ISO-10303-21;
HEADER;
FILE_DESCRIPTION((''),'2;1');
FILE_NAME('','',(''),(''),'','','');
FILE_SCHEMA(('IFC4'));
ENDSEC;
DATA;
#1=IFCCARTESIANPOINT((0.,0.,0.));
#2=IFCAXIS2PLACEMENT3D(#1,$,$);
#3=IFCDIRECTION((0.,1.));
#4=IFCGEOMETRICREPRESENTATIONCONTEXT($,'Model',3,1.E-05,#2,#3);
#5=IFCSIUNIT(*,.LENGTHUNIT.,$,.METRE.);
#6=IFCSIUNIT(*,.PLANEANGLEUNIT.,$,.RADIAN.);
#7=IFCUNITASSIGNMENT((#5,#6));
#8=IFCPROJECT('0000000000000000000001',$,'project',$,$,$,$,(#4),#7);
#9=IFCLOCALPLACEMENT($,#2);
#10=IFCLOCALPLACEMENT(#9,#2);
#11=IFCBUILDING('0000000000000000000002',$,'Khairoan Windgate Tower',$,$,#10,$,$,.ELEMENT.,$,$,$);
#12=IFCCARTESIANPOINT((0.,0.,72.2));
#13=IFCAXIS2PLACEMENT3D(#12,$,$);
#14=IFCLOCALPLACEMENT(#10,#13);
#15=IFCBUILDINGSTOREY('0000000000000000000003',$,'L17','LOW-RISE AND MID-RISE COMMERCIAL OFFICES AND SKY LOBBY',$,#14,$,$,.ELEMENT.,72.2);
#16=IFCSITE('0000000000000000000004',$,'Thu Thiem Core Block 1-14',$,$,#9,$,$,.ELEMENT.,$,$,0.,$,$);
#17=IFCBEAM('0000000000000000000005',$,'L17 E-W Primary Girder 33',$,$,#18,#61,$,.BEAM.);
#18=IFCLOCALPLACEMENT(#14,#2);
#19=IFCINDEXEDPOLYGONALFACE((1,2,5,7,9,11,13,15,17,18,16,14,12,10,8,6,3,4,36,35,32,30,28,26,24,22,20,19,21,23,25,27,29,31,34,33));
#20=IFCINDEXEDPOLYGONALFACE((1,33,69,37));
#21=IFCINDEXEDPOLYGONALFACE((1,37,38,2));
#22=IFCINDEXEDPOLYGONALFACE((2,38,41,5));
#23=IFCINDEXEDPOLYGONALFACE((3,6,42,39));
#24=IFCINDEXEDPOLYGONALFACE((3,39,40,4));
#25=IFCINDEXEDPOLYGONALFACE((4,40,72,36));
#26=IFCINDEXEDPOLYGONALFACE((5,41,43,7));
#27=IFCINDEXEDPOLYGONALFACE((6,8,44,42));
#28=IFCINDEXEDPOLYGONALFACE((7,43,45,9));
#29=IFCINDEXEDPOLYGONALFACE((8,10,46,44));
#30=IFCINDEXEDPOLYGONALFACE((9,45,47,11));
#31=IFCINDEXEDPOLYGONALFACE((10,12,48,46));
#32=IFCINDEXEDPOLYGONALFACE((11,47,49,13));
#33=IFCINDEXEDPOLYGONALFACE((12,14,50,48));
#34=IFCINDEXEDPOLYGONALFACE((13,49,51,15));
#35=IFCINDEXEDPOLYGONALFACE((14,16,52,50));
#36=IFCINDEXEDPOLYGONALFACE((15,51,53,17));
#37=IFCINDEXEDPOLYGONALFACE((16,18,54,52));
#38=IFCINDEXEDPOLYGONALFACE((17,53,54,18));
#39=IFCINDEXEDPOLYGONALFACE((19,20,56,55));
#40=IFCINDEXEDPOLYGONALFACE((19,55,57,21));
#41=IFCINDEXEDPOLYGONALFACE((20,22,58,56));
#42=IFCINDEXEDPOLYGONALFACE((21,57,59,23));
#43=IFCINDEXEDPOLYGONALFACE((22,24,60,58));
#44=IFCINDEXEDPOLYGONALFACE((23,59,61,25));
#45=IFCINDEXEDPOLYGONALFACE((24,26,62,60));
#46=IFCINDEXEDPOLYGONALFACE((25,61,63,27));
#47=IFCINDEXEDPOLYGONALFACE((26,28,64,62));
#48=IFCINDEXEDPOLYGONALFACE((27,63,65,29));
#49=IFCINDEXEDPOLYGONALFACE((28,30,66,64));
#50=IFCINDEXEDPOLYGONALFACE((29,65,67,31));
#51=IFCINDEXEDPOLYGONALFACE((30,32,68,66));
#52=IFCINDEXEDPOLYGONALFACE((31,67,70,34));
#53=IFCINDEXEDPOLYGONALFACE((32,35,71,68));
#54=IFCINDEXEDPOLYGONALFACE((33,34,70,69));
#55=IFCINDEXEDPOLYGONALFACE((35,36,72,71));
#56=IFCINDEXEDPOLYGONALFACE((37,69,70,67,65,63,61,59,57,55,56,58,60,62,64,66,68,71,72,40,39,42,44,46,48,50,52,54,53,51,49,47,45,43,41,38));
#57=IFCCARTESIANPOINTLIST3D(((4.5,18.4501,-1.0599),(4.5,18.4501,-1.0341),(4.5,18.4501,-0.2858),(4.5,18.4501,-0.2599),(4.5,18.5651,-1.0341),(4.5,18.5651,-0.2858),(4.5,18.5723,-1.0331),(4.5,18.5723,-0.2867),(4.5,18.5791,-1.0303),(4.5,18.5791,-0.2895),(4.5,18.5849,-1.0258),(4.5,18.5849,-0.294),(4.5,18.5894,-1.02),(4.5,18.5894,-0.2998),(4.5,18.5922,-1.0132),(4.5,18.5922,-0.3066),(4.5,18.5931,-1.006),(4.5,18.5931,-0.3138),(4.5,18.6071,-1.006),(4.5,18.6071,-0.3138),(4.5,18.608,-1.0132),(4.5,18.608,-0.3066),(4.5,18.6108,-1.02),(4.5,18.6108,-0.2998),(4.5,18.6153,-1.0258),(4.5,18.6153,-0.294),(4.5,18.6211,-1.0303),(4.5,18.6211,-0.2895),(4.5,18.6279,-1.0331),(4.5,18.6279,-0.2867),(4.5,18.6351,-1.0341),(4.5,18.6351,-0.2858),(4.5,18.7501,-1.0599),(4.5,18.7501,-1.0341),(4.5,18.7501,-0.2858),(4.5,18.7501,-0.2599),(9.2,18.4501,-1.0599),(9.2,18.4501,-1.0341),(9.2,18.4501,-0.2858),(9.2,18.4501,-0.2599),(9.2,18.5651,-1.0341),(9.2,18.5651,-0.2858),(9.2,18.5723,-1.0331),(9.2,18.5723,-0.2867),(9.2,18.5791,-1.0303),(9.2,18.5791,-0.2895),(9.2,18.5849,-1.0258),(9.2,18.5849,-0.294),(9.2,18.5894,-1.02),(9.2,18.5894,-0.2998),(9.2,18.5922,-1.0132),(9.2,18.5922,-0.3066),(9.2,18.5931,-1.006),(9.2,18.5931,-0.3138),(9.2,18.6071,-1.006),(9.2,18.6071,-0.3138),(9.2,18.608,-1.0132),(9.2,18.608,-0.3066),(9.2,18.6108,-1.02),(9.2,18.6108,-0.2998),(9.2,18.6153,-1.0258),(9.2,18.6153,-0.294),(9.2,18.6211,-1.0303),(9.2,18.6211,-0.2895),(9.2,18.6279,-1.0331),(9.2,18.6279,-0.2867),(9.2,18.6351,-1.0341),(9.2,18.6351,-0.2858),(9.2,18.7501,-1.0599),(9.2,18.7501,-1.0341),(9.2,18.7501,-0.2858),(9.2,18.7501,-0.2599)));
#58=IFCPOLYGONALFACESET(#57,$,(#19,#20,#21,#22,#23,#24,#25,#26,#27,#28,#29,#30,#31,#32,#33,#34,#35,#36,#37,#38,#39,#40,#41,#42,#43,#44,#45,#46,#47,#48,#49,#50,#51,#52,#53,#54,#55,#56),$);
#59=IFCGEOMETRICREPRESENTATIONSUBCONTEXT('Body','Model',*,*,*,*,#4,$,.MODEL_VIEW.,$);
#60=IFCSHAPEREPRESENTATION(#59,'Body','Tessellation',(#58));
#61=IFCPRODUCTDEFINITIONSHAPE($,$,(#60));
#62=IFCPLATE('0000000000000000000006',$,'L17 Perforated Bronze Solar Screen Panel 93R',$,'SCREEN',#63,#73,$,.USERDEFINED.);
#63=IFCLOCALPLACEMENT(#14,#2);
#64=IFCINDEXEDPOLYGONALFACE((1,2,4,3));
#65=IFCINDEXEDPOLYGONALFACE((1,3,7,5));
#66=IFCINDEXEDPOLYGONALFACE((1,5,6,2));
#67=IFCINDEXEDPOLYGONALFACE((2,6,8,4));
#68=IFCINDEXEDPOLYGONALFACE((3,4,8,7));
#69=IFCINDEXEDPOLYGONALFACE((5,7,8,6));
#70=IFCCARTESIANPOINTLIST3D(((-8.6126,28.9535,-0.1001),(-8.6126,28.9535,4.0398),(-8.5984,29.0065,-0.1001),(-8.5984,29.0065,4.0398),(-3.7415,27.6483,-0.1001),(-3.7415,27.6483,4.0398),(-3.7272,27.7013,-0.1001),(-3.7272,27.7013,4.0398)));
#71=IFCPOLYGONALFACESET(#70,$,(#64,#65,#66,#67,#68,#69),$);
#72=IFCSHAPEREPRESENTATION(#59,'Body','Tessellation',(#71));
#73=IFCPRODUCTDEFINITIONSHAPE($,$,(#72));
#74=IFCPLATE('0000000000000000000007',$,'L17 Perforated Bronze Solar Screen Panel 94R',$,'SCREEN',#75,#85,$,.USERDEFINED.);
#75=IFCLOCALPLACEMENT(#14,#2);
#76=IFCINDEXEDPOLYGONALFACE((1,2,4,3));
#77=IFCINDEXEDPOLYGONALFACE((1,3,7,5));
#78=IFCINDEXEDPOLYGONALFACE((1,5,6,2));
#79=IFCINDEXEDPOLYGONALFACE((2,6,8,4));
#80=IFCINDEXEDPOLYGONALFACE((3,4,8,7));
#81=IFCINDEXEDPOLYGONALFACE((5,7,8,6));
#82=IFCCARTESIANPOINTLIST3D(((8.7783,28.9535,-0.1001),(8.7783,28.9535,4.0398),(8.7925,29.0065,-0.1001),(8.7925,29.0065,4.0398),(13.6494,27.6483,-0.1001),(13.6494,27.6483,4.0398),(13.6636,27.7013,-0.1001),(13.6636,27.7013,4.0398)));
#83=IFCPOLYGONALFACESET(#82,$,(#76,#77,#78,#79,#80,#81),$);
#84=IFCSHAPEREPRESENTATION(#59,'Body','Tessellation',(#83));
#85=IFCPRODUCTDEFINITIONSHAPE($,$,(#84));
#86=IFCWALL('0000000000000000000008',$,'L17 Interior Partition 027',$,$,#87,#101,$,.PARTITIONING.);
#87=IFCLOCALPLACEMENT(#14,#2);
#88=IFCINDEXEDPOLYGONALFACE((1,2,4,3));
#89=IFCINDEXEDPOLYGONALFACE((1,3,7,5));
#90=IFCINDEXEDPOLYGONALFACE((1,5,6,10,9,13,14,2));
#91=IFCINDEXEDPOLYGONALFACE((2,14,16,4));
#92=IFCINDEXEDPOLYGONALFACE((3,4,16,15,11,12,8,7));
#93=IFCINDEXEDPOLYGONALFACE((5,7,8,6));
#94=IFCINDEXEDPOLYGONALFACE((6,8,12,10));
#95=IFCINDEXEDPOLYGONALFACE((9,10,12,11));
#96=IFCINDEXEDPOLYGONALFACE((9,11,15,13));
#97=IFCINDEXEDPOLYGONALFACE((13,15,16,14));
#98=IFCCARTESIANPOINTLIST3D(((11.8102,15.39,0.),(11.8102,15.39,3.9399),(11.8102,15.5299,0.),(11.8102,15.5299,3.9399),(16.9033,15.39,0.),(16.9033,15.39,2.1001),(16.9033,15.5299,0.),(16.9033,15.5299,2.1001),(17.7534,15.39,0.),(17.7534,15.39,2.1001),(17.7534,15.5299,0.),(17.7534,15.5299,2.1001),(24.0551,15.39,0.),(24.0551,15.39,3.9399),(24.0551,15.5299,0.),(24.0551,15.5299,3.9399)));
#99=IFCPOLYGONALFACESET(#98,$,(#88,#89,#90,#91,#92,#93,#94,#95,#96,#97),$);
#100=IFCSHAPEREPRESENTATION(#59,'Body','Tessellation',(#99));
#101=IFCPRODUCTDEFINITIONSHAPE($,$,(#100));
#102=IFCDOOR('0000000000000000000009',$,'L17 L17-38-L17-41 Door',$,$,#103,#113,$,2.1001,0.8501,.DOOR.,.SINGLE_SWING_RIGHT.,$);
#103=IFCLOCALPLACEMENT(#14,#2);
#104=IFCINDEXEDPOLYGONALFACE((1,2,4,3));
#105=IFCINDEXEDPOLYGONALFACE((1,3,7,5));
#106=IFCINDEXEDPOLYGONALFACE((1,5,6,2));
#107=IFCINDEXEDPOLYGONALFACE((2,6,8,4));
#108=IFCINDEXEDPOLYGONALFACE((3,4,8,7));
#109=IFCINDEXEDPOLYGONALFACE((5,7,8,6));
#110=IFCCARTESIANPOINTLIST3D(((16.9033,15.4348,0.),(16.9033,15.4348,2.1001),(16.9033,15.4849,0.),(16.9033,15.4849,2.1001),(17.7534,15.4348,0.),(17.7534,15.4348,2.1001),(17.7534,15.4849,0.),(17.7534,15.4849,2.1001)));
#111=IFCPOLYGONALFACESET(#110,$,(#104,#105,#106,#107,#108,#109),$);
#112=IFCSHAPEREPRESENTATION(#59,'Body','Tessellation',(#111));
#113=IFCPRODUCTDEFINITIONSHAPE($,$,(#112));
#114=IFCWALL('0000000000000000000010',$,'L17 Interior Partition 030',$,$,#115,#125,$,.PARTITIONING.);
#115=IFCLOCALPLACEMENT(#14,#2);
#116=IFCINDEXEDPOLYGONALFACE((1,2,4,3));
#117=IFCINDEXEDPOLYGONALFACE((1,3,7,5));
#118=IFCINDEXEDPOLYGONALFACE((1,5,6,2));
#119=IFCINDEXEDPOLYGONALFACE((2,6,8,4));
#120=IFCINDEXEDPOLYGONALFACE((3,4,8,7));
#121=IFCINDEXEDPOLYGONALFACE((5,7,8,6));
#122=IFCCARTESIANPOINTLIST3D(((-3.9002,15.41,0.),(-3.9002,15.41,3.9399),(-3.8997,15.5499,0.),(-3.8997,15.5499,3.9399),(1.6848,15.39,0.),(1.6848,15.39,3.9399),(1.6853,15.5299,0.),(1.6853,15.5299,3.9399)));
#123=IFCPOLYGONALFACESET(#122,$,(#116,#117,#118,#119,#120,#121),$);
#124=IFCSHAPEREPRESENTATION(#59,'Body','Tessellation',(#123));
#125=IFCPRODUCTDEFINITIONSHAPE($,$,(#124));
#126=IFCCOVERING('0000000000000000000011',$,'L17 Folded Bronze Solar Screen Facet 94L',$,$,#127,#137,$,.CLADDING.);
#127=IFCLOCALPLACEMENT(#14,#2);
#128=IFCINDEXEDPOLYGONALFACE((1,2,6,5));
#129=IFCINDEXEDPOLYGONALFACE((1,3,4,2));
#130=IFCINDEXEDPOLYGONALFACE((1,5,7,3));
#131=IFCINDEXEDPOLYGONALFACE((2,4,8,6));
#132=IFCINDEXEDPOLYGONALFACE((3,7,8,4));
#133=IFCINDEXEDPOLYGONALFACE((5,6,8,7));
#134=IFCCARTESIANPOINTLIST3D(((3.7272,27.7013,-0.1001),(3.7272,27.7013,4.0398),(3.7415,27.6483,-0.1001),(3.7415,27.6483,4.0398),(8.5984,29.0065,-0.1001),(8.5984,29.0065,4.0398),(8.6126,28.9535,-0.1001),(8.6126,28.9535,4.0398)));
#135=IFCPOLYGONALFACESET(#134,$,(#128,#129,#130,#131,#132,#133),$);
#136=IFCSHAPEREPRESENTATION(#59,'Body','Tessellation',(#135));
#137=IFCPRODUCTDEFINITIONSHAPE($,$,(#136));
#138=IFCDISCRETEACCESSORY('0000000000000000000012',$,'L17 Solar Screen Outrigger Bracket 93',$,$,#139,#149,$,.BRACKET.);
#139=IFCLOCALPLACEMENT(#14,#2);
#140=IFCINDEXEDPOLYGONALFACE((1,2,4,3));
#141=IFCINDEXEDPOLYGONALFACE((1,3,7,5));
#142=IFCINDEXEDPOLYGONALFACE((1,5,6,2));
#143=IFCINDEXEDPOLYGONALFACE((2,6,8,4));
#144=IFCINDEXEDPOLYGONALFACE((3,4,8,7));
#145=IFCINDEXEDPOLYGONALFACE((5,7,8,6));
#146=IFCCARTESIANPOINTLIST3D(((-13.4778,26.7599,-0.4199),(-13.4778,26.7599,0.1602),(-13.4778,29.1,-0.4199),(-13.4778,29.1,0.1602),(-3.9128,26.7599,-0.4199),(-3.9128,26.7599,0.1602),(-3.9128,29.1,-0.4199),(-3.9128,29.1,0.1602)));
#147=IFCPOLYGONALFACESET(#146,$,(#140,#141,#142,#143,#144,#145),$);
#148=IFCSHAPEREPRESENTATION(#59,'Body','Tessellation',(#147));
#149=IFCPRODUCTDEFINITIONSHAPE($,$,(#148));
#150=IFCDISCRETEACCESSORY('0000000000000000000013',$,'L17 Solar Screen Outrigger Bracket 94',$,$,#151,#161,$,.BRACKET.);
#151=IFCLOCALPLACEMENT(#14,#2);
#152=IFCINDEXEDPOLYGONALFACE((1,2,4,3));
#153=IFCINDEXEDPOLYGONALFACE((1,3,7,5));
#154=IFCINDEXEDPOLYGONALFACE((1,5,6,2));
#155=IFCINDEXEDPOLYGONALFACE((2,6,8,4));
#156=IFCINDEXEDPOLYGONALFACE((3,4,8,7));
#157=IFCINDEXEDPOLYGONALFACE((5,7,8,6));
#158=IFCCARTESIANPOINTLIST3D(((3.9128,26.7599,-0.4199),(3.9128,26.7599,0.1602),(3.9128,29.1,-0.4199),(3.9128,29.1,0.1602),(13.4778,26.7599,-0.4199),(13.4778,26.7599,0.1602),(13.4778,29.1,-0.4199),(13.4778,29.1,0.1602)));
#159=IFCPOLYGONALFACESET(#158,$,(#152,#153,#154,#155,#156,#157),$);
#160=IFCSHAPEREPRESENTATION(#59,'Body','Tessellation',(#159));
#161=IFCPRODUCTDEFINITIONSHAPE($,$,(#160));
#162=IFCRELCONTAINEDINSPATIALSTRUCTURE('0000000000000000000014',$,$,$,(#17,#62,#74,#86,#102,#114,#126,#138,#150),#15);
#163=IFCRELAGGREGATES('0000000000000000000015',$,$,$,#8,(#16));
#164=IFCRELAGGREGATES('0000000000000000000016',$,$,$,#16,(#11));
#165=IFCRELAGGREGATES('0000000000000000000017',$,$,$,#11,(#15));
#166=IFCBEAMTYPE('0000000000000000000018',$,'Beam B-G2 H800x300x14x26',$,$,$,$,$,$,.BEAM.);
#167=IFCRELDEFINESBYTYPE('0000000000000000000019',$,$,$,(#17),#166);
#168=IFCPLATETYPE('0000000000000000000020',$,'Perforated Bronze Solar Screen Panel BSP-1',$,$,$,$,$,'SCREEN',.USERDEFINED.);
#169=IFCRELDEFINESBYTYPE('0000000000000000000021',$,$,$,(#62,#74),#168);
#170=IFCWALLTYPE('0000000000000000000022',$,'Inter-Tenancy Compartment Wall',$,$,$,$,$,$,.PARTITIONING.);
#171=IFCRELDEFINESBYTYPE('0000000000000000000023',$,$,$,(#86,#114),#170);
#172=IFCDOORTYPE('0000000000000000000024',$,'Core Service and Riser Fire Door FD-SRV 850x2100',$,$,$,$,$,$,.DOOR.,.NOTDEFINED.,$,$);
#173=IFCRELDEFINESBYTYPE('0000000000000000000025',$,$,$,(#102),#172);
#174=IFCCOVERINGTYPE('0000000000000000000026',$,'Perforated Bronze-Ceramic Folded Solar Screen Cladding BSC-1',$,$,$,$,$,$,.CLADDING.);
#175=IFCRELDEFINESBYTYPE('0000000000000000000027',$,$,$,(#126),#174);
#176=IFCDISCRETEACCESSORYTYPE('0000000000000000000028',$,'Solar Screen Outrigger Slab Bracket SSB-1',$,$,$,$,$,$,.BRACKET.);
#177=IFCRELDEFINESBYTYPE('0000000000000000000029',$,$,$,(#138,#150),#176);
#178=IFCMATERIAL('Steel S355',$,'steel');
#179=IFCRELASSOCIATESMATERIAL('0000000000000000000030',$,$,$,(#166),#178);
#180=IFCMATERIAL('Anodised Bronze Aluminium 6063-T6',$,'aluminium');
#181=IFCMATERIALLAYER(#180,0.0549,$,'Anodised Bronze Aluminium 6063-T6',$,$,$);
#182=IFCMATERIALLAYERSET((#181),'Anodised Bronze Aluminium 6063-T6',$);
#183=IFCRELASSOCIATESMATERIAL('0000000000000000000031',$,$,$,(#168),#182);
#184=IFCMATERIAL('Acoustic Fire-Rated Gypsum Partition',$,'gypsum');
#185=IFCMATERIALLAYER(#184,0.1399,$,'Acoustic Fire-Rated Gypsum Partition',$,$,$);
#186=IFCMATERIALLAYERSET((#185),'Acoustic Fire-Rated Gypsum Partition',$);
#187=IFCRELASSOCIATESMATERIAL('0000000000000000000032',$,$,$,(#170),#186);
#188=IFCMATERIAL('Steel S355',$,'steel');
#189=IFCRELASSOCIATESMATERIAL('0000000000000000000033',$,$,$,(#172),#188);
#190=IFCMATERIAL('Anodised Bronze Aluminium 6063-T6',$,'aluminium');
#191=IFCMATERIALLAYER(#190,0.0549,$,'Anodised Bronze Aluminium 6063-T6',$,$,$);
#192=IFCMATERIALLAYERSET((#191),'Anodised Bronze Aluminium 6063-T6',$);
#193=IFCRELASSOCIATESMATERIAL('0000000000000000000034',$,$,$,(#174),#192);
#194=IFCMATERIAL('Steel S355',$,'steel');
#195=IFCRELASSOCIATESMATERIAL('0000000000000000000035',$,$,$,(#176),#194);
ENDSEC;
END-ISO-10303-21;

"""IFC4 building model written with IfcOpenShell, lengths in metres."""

from ifc_helpers import new_model, si_unit, direction, frame, frame_2d, origin, origin_2d, place, context, subcontext, project, spatial, rectangle, i_section, extrude, material, layer, layer_set, material_profile, profile_set, type_object, element, fill, save


model = new_model("IFC4")

# Units and contexts
model_context = context("Model", 3, precision=1e-05, world=origin(), true_north=direction((0.0, 1.0)))
body_context = subcontext(model_context, "Body", "Model", "MODEL_VIEW")
ifc_project = project(units=[si_unit("LENGTHUNIT", "METRE"), si_unit("PLANEANGLEUNIT", "RADIAN")], contexts=[model_context])

# Site, building, storey
site_placement = place(None, origin())
site = spatial("IfcSite", under=ifc_project, at=site_placement, Name="Thu Thiem Core Block 1-14", CompositionType="ELEMENT", RefElevation=0.0)
building_placement = place(site_placement, origin())
building = spatial("IfcBuilding", under=site, at=building_placement, Name="Khairoan Windgate Tower", CompositionType="ELEMENT")
storey_placement = place(building_placement, frame((0.0, 0.0, 72.2)))
storey = spatial("IfcBuildingStorey", under=building, at=storey_placement, Name="L17", Description="LOW-RISE AND MID-RISE COMMERCIAL OFFICES AND SKY LOBBY", CompositionType="ELEMENT", Elevation=72.2)

# Beam
ifc_material_1 = material(Name="Steel S355", Category="steel")
ifc_material_profile_1 = material_profile(ifc_material_1, i_section(OverallWidth=0.3, OverallDepth=0.8, WebThickness=0.0139, FlangeThickness=0.0259, FilletRadius=0.0281, at=origin_2d()))
ifc_profile_set_1 = profile_set([ifc_material_profile_1], Name="Steel S355")
beam_type = type_object("IfcBeamType", Name="Beam B-G2 H800x300x14x26", PredefinedType="BEAM", material=ifc_profile_set_1)
beam_1_placement = place(storey_placement, frame((4.5, 18.6001, -0.6599), z_axis=(1.0, 0.0, 0.0), x_axis=(0.0, 1.0, 0.0)))
element("IfcBeam", 1, at=beam_1_placement, inside=storey, type_object=beam_type, Name="L17 E-W Primary Girder 33", PredefinedType="BEAM", context=body_context, shape_type="SweptSolid", body=[
    extrude(i_section(OverallWidth=0.3, OverallDepth=0.8, WebThickness=0.0139, FlangeThickness=0.0259, FilletRadius=0.0281, at=origin_2d()), origin(), (0.0, 0.0, 1.0), 4.7),
])

# Plates
ifc_material_2 = material(Name="Anodised Bronze Aluminium 6063-T6", Category="aluminium")
ifc_layer_1 = layer(ifc_material_2, 0.0549, Name="Anodised Bronze Aluminium 6063-T6")
ifc_layer_set_1 = layer_set([ifc_layer_1], Name="Anodised Bronze Aluminium 6063-T6")
plate_type = type_object("IfcPlateType", Name="Perforated Bronze Solar Screen Panel BSP-1", ElementType="SCREEN", PredefinedType="USERDEFINED", material=ifc_layer_set_1)
for number, where, z_axis, x_axis, name in (
    (2, (-6.1699, 28.3274, -0.1001), (0.0, 0.0, 1.0), (0.965926, -0.258819, 0.0), "L17 Perforated Bronze Solar Screen Panel 93R"),
    (3, (11.2209, 28.3274, -0.1001), (0.0, 0.0, 1.0), (0.965926, -0.258819, 0.0), "L17 Perforated Bronze Solar Screen Panel 94R"),
):
    element("IfcPlate", number, at=place(storey_placement, frame(where, z_axis=z_axis, x_axis=x_axis)), inside=storey, type_object=plate_type, Name=name, ObjectType="SCREEN", PredefinedType="USERDEFINED", context=body_context, shape_type="SweptSolid", body=[
        extrude(rectangle(XDim=5.043, YDim=0.0549, at=origin_2d()), origin(), (0.0, 0.0, 1.0), 4.1399),
    ])

# Wall, opening, door
ifc_material_3 = material(Name="Acoustic Fire-Rated Gypsum Partition", Category="gypsum")
ifc_layer_2 = layer(ifc_material_3, 0.1399, Name="Acoustic Fire-Rated Gypsum Partition")
ifc_layer_set_2 = layer_set([ifc_layer_2], Name="Acoustic Fire-Rated Gypsum Partition")
wall_type_1 = type_object("IfcWallType", Name="Inter-Tenancy Compartment Wall", PredefinedType="PARTITIONING", material=ifc_layer_set_2)
wall_1_placement = place(storey_placement, frame((11.8101, 15.46, 0.0), z_axis=(0.0, 0.0, 1.0), x_axis=(1.0, 0.0, 0.0)))
wall_1 = element("IfcWall", 4, at=wall_1_placement, inside=storey, type_object=wall_type_1, Name="L17 Interior Partition 027", PredefinedType="PARTITIONING", context=body_context, shape_type="SweptSolid", body=[
    extrude(rectangle(XDim=12.2449, YDim=0.1399, at=frame_2d((6.1226, 0.0))), origin(), (0.0, 0.0, 1.0), 3.9399),
])
opening_1_placement = place(wall_1_placement, frame((5.0933, 0.0, 0.0)))
opening_1 = element("IfcOpeningElement", 5, at=opening_1_placement, cuts=wall_1, PredefinedType="OPENING", context=body_context, shape_type="SweptSolid", body=[
    extrude(rectangle(XDim=0.8501, YDim=2.1001, at=frame_2d((0.425, 1.05))), frame((0.0, 0.0798, 0.0), z_axis=(0.0, -1.0, 0.0), x_axis=(1.0, 0.0, 0.0)), (0.0, 0.0, 1.0), 0.1599),
])
ifc_material_4 = material(Name="Steel S355", Category="steel")
door_type_1 = type_object("IfcDoorType", Name="Core Service and Riser Fire Door FD-SRV 850x2100", OperationType="NOTDEFINED", PredefinedType="DOOR", material=ifc_material_4)
door_1_placement = place(opening_1_placement, origin())
door_1 = element("IfcDoor", 6, at=door_1_placement, inside=storey, type_object=door_type_1, Name="L17 L17-38-L17-41 Door", OperationType="SINGLE_SWING_RIGHT", OverallHeight=2.1001, OverallWidth=0.8501, PredefinedType="DOOR", context=body_context, shape_type="SweptSolid", body=[
    extrude(rectangle(XDim=0.8501, YDim=2.1001, at=frame_2d((0.425, 1.05))), frame((0.0, 0.0249, 0.0), z_axis=(0.0, -1.0, 0.0), x_axis=(1.0, 0.0, 0.0)), (0.0, 0.0, 1.0), 0.05),
])
fill(opening_1, door_1)

# Wall
wall_2_placement = place(storey_placement, frame((-3.8999, 15.48, 0.0), z_axis=(0.0, 0.0, 1.0), x_axis=(0.999994, -0.003585, 0.0)))
element("IfcWall", 7, at=wall_2_placement, inside=storey, type_object=wall_type_1, Name="L17 Interior Partition 030", PredefinedType="PARTITIONING", context=body_context, shape_type="SweptSolid", body=[
    extrude(rectangle(XDim=5.585, YDim=0.1399, at=frame_2d((2.7925, 0.0))), origin(), (0.0, 0.0, 1.0), 3.9399),
])

# Covering
ifc_material_5 = material(Name="Anodised Bronze Aluminium 6063-T6", Category="aluminium")
ifc_layer_3 = layer(ifc_material_5, 0.0549, Name="Anodised Bronze Aluminium 6063-T6")
ifc_layer_set_3 = layer_set([ifc_layer_3], Name="Anodised Bronze Aluminium 6063-T6")
covering_type = type_object("IfcCoveringType", Name="Perforated Bronze-Ceramic Folded Solar Screen Cladding BSC-1", PredefinedType="CLADDING", material=ifc_layer_set_3)
covering_placement = place(storey_placement, frame((6.1699, 28.3274, -0.1001), z_axis=(0.0, 0.0, 1.0), x_axis=(0.965926, 0.258819, 0.0)))
element("IfcCovering", 8, at=covering_placement, inside=storey, type_object=covering_type, Name="L17 Folded Bronze Solar Screen Facet 94L", PredefinedType="CLADDING", context=body_context, shape_type="SweptSolid", body=[
    extrude(rectangle(XDim=5.043, YDim=0.0549, at=origin_2d()), origin(), (0.0, 0.0, 1.0), 4.1399),
])

# Discrete accessories
ifc_material_6 = material(Name="Steel S355", Category="steel")
discrete_accessory_type = type_object("IfcDiscreteAccessoryType", Name="Solar Screen Outrigger Slab Bracket SSB-1", PredefinedType="BRACKET", material=ifc_material_6)
for number, where, z_axis, x_axis, name in (
    (9, (-8.6953, 27.9299, -0.4199), (0.0, 0.0, 1.0), (1.0, 0.0, 0.0), "L17 Solar Screen Outrigger Bracket 93"),
    (10, (8.6953, 27.9299, -0.4199), (0.0, 0.0, 1.0), (1.0, 0.0, 0.0), "L17 Solar Screen Outrigger Bracket 94"),
):
    element("IfcDiscreteAccessory", number, at=place(storey_placement, frame(where, z_axis=z_axis, x_axis=x_axis)), inside=storey, type_object=discrete_accessory_type, Name=name, PredefinedType="BRACKET", context=body_context, shape_type="SweptSolid", body=[
        extrude(rectangle(XDim=9.5649, YDim=2.3401, at=origin_2d()), origin(), (0.0, 0.0, 1.0), 0.5801),
    ])

save(model, "model.ifc")
